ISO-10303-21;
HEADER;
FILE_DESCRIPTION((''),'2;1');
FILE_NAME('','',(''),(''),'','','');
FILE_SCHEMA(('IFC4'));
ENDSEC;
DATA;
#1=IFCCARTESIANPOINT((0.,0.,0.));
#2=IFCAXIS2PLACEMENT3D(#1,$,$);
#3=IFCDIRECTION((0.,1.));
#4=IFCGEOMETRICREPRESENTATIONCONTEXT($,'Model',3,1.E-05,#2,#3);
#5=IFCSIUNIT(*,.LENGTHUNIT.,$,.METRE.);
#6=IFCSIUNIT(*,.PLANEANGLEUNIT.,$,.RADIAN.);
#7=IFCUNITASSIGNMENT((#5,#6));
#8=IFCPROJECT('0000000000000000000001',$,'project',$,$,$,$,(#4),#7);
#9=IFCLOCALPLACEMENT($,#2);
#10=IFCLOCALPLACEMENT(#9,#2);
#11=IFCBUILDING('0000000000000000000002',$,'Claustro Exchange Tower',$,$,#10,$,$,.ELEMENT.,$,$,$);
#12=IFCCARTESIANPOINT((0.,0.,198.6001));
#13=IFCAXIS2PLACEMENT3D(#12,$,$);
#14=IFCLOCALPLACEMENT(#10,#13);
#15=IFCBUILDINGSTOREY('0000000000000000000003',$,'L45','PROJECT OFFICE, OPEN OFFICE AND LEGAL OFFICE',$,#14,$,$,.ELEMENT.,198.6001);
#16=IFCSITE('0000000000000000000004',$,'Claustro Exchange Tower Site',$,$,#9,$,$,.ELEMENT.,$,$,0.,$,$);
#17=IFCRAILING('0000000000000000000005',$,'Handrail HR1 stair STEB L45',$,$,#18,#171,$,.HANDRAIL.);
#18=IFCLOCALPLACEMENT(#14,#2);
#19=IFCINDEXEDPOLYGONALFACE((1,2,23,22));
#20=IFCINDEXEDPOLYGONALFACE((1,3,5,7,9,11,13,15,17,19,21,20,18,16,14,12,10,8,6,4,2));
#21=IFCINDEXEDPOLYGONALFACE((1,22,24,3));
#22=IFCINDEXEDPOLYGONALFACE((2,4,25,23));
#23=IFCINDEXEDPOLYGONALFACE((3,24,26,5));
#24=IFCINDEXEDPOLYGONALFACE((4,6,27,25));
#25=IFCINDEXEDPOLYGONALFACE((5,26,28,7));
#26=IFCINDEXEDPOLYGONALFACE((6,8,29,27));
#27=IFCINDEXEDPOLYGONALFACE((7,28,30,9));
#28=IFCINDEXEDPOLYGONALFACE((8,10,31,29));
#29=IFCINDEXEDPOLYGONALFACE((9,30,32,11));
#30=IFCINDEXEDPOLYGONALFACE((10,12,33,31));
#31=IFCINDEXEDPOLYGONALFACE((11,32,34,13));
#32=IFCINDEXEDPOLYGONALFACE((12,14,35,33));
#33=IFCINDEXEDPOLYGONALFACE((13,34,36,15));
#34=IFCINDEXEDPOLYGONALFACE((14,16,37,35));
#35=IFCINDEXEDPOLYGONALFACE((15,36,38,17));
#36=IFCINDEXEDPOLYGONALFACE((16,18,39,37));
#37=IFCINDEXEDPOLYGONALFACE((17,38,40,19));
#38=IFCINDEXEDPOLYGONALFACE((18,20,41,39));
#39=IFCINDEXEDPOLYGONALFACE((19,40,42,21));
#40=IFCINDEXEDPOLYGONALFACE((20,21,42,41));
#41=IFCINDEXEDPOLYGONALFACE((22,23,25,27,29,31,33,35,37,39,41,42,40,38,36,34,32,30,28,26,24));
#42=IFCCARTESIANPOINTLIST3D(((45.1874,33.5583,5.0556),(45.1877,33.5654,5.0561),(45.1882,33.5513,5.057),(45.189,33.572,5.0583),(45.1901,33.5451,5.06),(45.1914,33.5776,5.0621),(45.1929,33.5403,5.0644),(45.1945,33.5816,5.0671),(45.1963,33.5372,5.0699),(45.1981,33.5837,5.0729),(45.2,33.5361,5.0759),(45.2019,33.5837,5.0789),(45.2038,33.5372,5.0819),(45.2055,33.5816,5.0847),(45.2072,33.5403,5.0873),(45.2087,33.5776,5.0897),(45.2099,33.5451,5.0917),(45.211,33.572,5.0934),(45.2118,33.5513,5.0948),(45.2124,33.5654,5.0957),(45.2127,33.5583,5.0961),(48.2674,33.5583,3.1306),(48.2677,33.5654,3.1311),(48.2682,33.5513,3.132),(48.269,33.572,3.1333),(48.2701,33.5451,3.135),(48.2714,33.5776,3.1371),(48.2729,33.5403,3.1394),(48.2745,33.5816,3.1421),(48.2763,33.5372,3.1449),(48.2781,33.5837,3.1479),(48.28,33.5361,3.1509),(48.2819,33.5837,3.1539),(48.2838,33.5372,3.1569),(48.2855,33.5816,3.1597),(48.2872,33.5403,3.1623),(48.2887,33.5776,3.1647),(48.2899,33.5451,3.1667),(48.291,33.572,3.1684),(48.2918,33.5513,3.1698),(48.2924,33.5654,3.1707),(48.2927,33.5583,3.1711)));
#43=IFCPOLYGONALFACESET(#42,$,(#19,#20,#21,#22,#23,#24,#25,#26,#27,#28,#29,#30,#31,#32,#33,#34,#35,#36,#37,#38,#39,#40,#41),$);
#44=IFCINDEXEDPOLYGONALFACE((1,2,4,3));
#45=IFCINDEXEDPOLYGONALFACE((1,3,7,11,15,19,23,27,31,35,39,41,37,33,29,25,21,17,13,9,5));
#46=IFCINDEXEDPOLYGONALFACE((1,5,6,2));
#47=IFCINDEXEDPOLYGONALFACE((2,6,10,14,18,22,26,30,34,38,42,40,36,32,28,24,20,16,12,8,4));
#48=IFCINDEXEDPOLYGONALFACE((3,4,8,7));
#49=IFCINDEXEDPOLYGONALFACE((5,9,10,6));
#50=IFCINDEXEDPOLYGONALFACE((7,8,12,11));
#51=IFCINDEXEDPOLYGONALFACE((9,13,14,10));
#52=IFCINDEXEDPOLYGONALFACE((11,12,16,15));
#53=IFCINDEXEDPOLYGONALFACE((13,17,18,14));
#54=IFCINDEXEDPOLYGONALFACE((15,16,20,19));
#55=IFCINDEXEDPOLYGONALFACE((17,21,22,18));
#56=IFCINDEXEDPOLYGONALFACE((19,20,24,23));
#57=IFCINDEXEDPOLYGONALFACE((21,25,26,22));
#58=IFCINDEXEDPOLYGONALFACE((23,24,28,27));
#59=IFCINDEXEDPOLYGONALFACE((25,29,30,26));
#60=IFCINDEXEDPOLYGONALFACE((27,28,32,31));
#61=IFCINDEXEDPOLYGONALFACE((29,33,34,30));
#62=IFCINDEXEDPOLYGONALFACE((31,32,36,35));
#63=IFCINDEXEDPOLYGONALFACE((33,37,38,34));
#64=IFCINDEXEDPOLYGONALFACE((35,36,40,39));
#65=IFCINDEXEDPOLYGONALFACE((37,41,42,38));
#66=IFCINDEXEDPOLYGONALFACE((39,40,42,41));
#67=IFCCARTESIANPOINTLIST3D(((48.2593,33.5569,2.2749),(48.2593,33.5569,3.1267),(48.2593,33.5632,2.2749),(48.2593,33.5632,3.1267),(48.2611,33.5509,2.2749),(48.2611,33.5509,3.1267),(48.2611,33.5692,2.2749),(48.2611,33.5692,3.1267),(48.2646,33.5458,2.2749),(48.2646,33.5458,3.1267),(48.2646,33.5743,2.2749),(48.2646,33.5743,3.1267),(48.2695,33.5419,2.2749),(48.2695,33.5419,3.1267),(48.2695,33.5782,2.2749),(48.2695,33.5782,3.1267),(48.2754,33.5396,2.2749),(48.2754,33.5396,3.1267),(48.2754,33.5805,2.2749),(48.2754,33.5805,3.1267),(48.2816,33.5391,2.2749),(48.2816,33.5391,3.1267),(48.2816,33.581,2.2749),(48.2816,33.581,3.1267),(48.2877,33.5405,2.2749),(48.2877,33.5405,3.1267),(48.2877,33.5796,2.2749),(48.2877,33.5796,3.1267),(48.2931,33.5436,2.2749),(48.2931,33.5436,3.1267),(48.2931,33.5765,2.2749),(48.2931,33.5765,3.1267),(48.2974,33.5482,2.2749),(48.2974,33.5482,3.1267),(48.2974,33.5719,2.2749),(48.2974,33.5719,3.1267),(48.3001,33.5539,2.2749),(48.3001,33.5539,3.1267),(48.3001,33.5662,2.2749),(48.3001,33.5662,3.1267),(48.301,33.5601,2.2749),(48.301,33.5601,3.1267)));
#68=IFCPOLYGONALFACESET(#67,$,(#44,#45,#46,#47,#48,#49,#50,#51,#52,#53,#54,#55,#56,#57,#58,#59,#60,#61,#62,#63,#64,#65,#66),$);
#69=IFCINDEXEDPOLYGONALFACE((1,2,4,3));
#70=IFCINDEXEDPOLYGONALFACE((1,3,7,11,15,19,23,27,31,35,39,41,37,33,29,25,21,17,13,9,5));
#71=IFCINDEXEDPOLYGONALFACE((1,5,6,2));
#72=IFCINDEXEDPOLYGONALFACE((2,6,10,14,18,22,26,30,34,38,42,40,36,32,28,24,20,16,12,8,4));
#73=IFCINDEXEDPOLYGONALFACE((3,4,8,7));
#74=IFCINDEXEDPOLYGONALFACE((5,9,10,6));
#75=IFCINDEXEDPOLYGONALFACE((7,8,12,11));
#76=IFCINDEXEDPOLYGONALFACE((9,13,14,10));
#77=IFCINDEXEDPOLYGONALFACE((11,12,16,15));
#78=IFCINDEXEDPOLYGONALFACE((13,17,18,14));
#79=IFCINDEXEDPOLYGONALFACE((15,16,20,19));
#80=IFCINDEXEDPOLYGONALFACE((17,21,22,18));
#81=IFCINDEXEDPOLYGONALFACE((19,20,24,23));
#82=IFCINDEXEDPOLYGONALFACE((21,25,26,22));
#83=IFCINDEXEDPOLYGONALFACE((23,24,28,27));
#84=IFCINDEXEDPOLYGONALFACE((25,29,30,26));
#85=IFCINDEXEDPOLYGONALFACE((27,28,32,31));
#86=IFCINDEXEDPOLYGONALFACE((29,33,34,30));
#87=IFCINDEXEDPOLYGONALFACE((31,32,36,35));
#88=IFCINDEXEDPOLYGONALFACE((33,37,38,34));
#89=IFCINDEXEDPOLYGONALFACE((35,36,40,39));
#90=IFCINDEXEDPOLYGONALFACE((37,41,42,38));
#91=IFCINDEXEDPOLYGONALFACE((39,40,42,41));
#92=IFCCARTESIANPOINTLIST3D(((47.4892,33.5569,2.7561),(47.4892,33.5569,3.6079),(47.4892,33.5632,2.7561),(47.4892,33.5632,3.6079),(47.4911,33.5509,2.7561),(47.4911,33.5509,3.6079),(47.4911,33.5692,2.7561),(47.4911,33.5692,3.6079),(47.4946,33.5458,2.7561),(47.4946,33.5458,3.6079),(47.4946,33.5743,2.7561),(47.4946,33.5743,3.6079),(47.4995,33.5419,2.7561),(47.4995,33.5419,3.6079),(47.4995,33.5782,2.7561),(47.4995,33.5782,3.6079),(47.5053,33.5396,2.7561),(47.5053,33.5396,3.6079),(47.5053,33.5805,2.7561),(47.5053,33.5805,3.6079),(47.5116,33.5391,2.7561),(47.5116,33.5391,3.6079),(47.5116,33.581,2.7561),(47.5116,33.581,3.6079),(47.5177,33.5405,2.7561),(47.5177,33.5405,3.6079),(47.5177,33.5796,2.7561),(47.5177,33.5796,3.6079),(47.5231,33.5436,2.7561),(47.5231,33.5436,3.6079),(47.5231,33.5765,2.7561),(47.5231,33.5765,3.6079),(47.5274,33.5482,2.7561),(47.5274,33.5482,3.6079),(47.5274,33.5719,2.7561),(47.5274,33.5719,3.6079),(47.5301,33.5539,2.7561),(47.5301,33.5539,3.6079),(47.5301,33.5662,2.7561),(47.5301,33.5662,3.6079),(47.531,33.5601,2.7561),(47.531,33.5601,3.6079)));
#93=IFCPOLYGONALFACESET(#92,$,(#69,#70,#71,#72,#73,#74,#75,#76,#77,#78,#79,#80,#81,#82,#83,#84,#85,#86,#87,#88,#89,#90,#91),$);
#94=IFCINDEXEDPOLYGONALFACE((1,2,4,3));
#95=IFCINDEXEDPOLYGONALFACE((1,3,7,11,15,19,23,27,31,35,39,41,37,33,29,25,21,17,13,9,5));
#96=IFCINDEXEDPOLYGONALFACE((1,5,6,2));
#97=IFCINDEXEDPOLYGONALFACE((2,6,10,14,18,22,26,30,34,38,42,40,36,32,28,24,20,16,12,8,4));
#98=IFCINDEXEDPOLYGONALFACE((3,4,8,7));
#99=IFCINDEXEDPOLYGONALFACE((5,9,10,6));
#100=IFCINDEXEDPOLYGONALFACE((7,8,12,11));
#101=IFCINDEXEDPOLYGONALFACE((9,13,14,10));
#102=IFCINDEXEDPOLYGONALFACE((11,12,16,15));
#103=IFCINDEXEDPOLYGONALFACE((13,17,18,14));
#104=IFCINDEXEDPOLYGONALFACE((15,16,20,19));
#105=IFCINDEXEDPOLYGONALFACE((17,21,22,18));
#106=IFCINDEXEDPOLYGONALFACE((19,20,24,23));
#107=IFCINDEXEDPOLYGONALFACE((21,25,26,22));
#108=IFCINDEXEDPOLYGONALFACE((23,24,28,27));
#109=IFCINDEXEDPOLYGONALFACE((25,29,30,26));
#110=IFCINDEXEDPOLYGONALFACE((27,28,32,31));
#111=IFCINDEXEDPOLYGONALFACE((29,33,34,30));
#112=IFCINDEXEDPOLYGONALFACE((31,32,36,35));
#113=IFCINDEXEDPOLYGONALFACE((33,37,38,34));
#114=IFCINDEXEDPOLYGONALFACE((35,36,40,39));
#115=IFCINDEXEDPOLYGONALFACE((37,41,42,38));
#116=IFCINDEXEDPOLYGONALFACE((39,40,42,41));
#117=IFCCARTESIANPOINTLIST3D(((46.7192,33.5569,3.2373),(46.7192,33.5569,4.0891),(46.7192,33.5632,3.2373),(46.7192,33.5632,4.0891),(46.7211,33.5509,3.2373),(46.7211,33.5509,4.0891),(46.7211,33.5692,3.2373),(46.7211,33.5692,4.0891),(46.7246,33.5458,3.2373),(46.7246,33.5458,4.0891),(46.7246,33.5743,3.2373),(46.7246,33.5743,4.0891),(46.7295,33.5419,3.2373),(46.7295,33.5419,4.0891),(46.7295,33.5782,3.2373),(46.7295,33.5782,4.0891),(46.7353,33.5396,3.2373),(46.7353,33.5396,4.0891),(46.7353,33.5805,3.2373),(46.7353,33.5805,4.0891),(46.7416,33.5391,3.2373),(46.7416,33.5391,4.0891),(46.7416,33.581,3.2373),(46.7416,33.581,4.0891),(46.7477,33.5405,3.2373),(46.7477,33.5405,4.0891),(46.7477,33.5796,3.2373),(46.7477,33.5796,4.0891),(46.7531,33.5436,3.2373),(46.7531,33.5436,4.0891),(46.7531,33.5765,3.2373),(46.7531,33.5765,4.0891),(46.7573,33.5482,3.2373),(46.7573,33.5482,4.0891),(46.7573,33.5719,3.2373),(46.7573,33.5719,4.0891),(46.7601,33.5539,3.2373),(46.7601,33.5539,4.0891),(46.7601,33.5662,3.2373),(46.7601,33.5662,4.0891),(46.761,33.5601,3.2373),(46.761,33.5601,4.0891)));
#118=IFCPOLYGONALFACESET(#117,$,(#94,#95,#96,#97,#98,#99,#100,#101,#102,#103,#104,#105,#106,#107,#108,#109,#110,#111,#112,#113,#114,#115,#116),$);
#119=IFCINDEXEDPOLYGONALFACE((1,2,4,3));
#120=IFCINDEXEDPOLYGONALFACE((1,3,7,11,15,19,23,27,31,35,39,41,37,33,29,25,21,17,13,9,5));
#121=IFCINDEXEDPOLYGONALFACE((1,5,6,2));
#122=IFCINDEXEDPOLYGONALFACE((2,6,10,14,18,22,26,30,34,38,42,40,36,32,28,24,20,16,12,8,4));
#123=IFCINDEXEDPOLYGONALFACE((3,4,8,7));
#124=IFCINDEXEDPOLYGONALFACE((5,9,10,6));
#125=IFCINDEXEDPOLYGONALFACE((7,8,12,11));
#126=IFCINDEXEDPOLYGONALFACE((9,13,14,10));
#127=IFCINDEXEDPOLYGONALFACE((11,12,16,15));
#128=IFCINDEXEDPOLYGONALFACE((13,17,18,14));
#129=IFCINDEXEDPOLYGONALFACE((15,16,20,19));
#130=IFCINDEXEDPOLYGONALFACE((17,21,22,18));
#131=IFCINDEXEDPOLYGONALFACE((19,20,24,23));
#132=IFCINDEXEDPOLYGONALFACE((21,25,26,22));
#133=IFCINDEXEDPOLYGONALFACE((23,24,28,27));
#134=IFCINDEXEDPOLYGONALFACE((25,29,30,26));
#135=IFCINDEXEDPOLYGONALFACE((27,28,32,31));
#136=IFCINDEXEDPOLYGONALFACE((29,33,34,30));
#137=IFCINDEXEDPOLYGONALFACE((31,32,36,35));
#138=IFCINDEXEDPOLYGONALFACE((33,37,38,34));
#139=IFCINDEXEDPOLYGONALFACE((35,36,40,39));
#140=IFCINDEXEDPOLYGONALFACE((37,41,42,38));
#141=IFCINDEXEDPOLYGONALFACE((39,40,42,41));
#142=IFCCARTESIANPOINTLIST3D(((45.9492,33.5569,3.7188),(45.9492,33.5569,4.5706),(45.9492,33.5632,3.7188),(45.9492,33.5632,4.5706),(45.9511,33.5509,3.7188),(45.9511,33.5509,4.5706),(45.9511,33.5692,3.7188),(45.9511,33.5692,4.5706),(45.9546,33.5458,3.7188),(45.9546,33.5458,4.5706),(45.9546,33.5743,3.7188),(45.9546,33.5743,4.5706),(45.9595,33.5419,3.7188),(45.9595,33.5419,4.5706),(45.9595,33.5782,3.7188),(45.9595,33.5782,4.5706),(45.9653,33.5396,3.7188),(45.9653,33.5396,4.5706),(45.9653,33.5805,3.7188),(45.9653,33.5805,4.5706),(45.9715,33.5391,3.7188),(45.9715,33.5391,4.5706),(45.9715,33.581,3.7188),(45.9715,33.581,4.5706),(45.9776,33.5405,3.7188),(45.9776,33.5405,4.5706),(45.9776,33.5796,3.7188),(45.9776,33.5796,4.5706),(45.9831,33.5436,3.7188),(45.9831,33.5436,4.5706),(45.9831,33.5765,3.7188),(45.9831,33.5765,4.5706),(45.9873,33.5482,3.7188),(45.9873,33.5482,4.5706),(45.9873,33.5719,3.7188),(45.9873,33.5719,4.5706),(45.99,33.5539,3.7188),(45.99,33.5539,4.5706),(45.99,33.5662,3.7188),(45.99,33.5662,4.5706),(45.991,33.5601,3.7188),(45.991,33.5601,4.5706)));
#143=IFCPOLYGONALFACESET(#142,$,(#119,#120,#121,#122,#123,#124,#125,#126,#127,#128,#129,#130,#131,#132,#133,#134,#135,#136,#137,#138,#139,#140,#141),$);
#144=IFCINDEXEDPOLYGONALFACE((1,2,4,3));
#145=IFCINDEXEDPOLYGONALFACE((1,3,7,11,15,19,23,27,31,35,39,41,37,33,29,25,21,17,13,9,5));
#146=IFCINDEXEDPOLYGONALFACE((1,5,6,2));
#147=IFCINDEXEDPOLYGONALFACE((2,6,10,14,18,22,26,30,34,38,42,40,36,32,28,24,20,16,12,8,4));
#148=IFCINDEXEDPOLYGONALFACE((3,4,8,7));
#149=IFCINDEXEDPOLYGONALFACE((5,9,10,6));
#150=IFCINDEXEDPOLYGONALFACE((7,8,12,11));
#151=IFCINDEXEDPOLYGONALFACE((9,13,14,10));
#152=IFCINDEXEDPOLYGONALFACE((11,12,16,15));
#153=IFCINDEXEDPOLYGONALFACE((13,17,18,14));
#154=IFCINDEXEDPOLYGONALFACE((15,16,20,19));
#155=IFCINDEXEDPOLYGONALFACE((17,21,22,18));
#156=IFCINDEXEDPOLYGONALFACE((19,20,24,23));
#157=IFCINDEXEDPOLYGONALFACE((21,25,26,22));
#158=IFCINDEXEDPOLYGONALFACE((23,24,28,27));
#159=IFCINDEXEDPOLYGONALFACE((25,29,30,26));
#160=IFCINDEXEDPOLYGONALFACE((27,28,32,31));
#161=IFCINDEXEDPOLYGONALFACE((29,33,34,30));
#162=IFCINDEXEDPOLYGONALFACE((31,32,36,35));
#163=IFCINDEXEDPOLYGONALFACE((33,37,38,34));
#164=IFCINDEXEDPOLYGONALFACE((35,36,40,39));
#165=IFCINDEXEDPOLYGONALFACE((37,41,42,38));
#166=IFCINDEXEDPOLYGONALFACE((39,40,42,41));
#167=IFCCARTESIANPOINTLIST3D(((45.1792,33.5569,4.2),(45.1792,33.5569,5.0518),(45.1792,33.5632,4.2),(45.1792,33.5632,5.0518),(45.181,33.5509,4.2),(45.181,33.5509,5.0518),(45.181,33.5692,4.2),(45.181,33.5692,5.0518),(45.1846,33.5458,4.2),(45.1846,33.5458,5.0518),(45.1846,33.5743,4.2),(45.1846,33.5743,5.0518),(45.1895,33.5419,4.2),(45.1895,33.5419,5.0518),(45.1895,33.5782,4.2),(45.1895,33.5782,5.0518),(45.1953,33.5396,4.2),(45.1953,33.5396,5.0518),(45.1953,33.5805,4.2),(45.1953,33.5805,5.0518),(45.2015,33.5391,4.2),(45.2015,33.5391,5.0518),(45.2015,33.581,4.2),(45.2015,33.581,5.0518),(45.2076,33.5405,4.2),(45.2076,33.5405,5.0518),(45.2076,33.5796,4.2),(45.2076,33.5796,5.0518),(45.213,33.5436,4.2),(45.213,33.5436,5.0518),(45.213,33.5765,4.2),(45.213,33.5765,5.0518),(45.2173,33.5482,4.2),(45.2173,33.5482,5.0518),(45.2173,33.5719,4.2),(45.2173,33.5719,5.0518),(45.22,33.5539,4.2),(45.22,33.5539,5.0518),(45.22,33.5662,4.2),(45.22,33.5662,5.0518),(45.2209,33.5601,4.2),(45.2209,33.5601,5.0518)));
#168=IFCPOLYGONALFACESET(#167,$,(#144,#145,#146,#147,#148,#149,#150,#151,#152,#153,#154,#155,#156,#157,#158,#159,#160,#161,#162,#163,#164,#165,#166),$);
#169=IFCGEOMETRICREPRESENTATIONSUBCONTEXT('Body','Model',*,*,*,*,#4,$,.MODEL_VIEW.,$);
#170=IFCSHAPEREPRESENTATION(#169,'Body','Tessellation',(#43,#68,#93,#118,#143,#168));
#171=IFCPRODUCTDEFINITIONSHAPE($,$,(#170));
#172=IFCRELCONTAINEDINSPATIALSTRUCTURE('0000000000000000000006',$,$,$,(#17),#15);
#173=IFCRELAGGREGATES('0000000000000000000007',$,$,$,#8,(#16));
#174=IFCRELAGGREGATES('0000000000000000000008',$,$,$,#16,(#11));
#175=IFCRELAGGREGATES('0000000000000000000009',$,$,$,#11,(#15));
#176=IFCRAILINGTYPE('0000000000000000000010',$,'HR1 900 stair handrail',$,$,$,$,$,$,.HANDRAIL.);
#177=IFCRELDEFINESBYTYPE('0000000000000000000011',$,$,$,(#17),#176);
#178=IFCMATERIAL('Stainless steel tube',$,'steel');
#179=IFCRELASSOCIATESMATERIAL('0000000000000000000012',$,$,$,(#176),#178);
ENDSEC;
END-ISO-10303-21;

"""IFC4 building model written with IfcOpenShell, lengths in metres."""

from ifc_helpers import new_model, si_unit, direction, frame, origin, origin_2d, place, context, subcontext, project, spatial, circle, extrude, material, type_object, element, save


model = new_model("IFC4")

# Units and contexts
model_context = context("Model", 3, precision=1e-05, world=origin(), true_north=direction((0.0, 1.0)))
body_context = subcontext(model_context, "Body", "Model", "MODEL_VIEW")
ifc_project = project(units=[si_unit("LENGTHUNIT", "METRE"), si_unit("PLANEANGLEUNIT", "RADIAN")], contexts=[model_context])

# Site, building, storey
site_placement = place(None, origin())
site = spatial("IfcSite", under=ifc_project, at=site_placement, Name="Claustro Exchange Tower Site", CompositionType="ELEMENT", RefElevation=0.0)
building_placement = place(site_placement, origin())
building = spatial("IfcBuilding", under=site, at=building_placement, Name="Claustro Exchange Tower", CompositionType="ELEMENT")
storey_placement = place(building_placement, frame((0.0, 0.0, 198.6001)))
storey = spatial("IfcBuildingStorey", under=building, at=storey_placement, Name="L45", Description="PROJECT OFFICE, OPEN OFFICE AND LEGAL OFFICE", CompositionType="ELEMENT", Elevation=198.6001)

# Railing
ifc_material_1 = material(Name="Stainless steel tube", Category="steel")
railing_type_1 = type_object("IfcRailingType", Name="HR1 900 stair handrail", PredefinedType="HANDRAIL", material=ifc_material_1)
railing_1_placement = place(storey_placement, frame((48.28, 33.5601, 2.2749)))
element("IfcRailing", 1, at=railing_1_placement, inside=storey, type_object=railing_type_1, Name="Handrail HR1 stair STEB L45", PredefinedType="HANDRAIL", context=body_context, shape_type="SweptSolid", body=[
    extrude(circle(Radius=0.0239, at=origin_2d()), frame((0.0, 0.0, 0.876), z_axis=(-0.847998, 0.0, 0.529999), x_axis=(0.0, -1.0, 0.0)), (0.0, 0.0, 1.0), 3.6321),
    extrude(circle(Radius=0.021, at=origin_2d()), origin(), (0.0, 0.0, 1.0), 0.8518),
    extrude(circle(Radius=0.021, at=origin_2d()), frame((-0.77, 0.0, 0.4812)), (0.0, 0.0, 1.0), 0.8518),
    extrude(circle(Radius=0.021, at=origin_2d()), frame((-1.54, 0.0, 0.9624)), (0.0, 0.0, 1.0), 0.8518),
    extrude(circle(Radius=0.021, at=origin_2d()), frame((-2.3101, 0.0, 1.4438)), (0.0, 0.0, 1.0), 0.8518),
    extrude(circle(Radius=0.021, at=origin_2d()), frame((-3.0801, 0.0, 1.925)), (0.0, 0.0, 1.0), 0.8518),
])

save(model, "model.ifc")
